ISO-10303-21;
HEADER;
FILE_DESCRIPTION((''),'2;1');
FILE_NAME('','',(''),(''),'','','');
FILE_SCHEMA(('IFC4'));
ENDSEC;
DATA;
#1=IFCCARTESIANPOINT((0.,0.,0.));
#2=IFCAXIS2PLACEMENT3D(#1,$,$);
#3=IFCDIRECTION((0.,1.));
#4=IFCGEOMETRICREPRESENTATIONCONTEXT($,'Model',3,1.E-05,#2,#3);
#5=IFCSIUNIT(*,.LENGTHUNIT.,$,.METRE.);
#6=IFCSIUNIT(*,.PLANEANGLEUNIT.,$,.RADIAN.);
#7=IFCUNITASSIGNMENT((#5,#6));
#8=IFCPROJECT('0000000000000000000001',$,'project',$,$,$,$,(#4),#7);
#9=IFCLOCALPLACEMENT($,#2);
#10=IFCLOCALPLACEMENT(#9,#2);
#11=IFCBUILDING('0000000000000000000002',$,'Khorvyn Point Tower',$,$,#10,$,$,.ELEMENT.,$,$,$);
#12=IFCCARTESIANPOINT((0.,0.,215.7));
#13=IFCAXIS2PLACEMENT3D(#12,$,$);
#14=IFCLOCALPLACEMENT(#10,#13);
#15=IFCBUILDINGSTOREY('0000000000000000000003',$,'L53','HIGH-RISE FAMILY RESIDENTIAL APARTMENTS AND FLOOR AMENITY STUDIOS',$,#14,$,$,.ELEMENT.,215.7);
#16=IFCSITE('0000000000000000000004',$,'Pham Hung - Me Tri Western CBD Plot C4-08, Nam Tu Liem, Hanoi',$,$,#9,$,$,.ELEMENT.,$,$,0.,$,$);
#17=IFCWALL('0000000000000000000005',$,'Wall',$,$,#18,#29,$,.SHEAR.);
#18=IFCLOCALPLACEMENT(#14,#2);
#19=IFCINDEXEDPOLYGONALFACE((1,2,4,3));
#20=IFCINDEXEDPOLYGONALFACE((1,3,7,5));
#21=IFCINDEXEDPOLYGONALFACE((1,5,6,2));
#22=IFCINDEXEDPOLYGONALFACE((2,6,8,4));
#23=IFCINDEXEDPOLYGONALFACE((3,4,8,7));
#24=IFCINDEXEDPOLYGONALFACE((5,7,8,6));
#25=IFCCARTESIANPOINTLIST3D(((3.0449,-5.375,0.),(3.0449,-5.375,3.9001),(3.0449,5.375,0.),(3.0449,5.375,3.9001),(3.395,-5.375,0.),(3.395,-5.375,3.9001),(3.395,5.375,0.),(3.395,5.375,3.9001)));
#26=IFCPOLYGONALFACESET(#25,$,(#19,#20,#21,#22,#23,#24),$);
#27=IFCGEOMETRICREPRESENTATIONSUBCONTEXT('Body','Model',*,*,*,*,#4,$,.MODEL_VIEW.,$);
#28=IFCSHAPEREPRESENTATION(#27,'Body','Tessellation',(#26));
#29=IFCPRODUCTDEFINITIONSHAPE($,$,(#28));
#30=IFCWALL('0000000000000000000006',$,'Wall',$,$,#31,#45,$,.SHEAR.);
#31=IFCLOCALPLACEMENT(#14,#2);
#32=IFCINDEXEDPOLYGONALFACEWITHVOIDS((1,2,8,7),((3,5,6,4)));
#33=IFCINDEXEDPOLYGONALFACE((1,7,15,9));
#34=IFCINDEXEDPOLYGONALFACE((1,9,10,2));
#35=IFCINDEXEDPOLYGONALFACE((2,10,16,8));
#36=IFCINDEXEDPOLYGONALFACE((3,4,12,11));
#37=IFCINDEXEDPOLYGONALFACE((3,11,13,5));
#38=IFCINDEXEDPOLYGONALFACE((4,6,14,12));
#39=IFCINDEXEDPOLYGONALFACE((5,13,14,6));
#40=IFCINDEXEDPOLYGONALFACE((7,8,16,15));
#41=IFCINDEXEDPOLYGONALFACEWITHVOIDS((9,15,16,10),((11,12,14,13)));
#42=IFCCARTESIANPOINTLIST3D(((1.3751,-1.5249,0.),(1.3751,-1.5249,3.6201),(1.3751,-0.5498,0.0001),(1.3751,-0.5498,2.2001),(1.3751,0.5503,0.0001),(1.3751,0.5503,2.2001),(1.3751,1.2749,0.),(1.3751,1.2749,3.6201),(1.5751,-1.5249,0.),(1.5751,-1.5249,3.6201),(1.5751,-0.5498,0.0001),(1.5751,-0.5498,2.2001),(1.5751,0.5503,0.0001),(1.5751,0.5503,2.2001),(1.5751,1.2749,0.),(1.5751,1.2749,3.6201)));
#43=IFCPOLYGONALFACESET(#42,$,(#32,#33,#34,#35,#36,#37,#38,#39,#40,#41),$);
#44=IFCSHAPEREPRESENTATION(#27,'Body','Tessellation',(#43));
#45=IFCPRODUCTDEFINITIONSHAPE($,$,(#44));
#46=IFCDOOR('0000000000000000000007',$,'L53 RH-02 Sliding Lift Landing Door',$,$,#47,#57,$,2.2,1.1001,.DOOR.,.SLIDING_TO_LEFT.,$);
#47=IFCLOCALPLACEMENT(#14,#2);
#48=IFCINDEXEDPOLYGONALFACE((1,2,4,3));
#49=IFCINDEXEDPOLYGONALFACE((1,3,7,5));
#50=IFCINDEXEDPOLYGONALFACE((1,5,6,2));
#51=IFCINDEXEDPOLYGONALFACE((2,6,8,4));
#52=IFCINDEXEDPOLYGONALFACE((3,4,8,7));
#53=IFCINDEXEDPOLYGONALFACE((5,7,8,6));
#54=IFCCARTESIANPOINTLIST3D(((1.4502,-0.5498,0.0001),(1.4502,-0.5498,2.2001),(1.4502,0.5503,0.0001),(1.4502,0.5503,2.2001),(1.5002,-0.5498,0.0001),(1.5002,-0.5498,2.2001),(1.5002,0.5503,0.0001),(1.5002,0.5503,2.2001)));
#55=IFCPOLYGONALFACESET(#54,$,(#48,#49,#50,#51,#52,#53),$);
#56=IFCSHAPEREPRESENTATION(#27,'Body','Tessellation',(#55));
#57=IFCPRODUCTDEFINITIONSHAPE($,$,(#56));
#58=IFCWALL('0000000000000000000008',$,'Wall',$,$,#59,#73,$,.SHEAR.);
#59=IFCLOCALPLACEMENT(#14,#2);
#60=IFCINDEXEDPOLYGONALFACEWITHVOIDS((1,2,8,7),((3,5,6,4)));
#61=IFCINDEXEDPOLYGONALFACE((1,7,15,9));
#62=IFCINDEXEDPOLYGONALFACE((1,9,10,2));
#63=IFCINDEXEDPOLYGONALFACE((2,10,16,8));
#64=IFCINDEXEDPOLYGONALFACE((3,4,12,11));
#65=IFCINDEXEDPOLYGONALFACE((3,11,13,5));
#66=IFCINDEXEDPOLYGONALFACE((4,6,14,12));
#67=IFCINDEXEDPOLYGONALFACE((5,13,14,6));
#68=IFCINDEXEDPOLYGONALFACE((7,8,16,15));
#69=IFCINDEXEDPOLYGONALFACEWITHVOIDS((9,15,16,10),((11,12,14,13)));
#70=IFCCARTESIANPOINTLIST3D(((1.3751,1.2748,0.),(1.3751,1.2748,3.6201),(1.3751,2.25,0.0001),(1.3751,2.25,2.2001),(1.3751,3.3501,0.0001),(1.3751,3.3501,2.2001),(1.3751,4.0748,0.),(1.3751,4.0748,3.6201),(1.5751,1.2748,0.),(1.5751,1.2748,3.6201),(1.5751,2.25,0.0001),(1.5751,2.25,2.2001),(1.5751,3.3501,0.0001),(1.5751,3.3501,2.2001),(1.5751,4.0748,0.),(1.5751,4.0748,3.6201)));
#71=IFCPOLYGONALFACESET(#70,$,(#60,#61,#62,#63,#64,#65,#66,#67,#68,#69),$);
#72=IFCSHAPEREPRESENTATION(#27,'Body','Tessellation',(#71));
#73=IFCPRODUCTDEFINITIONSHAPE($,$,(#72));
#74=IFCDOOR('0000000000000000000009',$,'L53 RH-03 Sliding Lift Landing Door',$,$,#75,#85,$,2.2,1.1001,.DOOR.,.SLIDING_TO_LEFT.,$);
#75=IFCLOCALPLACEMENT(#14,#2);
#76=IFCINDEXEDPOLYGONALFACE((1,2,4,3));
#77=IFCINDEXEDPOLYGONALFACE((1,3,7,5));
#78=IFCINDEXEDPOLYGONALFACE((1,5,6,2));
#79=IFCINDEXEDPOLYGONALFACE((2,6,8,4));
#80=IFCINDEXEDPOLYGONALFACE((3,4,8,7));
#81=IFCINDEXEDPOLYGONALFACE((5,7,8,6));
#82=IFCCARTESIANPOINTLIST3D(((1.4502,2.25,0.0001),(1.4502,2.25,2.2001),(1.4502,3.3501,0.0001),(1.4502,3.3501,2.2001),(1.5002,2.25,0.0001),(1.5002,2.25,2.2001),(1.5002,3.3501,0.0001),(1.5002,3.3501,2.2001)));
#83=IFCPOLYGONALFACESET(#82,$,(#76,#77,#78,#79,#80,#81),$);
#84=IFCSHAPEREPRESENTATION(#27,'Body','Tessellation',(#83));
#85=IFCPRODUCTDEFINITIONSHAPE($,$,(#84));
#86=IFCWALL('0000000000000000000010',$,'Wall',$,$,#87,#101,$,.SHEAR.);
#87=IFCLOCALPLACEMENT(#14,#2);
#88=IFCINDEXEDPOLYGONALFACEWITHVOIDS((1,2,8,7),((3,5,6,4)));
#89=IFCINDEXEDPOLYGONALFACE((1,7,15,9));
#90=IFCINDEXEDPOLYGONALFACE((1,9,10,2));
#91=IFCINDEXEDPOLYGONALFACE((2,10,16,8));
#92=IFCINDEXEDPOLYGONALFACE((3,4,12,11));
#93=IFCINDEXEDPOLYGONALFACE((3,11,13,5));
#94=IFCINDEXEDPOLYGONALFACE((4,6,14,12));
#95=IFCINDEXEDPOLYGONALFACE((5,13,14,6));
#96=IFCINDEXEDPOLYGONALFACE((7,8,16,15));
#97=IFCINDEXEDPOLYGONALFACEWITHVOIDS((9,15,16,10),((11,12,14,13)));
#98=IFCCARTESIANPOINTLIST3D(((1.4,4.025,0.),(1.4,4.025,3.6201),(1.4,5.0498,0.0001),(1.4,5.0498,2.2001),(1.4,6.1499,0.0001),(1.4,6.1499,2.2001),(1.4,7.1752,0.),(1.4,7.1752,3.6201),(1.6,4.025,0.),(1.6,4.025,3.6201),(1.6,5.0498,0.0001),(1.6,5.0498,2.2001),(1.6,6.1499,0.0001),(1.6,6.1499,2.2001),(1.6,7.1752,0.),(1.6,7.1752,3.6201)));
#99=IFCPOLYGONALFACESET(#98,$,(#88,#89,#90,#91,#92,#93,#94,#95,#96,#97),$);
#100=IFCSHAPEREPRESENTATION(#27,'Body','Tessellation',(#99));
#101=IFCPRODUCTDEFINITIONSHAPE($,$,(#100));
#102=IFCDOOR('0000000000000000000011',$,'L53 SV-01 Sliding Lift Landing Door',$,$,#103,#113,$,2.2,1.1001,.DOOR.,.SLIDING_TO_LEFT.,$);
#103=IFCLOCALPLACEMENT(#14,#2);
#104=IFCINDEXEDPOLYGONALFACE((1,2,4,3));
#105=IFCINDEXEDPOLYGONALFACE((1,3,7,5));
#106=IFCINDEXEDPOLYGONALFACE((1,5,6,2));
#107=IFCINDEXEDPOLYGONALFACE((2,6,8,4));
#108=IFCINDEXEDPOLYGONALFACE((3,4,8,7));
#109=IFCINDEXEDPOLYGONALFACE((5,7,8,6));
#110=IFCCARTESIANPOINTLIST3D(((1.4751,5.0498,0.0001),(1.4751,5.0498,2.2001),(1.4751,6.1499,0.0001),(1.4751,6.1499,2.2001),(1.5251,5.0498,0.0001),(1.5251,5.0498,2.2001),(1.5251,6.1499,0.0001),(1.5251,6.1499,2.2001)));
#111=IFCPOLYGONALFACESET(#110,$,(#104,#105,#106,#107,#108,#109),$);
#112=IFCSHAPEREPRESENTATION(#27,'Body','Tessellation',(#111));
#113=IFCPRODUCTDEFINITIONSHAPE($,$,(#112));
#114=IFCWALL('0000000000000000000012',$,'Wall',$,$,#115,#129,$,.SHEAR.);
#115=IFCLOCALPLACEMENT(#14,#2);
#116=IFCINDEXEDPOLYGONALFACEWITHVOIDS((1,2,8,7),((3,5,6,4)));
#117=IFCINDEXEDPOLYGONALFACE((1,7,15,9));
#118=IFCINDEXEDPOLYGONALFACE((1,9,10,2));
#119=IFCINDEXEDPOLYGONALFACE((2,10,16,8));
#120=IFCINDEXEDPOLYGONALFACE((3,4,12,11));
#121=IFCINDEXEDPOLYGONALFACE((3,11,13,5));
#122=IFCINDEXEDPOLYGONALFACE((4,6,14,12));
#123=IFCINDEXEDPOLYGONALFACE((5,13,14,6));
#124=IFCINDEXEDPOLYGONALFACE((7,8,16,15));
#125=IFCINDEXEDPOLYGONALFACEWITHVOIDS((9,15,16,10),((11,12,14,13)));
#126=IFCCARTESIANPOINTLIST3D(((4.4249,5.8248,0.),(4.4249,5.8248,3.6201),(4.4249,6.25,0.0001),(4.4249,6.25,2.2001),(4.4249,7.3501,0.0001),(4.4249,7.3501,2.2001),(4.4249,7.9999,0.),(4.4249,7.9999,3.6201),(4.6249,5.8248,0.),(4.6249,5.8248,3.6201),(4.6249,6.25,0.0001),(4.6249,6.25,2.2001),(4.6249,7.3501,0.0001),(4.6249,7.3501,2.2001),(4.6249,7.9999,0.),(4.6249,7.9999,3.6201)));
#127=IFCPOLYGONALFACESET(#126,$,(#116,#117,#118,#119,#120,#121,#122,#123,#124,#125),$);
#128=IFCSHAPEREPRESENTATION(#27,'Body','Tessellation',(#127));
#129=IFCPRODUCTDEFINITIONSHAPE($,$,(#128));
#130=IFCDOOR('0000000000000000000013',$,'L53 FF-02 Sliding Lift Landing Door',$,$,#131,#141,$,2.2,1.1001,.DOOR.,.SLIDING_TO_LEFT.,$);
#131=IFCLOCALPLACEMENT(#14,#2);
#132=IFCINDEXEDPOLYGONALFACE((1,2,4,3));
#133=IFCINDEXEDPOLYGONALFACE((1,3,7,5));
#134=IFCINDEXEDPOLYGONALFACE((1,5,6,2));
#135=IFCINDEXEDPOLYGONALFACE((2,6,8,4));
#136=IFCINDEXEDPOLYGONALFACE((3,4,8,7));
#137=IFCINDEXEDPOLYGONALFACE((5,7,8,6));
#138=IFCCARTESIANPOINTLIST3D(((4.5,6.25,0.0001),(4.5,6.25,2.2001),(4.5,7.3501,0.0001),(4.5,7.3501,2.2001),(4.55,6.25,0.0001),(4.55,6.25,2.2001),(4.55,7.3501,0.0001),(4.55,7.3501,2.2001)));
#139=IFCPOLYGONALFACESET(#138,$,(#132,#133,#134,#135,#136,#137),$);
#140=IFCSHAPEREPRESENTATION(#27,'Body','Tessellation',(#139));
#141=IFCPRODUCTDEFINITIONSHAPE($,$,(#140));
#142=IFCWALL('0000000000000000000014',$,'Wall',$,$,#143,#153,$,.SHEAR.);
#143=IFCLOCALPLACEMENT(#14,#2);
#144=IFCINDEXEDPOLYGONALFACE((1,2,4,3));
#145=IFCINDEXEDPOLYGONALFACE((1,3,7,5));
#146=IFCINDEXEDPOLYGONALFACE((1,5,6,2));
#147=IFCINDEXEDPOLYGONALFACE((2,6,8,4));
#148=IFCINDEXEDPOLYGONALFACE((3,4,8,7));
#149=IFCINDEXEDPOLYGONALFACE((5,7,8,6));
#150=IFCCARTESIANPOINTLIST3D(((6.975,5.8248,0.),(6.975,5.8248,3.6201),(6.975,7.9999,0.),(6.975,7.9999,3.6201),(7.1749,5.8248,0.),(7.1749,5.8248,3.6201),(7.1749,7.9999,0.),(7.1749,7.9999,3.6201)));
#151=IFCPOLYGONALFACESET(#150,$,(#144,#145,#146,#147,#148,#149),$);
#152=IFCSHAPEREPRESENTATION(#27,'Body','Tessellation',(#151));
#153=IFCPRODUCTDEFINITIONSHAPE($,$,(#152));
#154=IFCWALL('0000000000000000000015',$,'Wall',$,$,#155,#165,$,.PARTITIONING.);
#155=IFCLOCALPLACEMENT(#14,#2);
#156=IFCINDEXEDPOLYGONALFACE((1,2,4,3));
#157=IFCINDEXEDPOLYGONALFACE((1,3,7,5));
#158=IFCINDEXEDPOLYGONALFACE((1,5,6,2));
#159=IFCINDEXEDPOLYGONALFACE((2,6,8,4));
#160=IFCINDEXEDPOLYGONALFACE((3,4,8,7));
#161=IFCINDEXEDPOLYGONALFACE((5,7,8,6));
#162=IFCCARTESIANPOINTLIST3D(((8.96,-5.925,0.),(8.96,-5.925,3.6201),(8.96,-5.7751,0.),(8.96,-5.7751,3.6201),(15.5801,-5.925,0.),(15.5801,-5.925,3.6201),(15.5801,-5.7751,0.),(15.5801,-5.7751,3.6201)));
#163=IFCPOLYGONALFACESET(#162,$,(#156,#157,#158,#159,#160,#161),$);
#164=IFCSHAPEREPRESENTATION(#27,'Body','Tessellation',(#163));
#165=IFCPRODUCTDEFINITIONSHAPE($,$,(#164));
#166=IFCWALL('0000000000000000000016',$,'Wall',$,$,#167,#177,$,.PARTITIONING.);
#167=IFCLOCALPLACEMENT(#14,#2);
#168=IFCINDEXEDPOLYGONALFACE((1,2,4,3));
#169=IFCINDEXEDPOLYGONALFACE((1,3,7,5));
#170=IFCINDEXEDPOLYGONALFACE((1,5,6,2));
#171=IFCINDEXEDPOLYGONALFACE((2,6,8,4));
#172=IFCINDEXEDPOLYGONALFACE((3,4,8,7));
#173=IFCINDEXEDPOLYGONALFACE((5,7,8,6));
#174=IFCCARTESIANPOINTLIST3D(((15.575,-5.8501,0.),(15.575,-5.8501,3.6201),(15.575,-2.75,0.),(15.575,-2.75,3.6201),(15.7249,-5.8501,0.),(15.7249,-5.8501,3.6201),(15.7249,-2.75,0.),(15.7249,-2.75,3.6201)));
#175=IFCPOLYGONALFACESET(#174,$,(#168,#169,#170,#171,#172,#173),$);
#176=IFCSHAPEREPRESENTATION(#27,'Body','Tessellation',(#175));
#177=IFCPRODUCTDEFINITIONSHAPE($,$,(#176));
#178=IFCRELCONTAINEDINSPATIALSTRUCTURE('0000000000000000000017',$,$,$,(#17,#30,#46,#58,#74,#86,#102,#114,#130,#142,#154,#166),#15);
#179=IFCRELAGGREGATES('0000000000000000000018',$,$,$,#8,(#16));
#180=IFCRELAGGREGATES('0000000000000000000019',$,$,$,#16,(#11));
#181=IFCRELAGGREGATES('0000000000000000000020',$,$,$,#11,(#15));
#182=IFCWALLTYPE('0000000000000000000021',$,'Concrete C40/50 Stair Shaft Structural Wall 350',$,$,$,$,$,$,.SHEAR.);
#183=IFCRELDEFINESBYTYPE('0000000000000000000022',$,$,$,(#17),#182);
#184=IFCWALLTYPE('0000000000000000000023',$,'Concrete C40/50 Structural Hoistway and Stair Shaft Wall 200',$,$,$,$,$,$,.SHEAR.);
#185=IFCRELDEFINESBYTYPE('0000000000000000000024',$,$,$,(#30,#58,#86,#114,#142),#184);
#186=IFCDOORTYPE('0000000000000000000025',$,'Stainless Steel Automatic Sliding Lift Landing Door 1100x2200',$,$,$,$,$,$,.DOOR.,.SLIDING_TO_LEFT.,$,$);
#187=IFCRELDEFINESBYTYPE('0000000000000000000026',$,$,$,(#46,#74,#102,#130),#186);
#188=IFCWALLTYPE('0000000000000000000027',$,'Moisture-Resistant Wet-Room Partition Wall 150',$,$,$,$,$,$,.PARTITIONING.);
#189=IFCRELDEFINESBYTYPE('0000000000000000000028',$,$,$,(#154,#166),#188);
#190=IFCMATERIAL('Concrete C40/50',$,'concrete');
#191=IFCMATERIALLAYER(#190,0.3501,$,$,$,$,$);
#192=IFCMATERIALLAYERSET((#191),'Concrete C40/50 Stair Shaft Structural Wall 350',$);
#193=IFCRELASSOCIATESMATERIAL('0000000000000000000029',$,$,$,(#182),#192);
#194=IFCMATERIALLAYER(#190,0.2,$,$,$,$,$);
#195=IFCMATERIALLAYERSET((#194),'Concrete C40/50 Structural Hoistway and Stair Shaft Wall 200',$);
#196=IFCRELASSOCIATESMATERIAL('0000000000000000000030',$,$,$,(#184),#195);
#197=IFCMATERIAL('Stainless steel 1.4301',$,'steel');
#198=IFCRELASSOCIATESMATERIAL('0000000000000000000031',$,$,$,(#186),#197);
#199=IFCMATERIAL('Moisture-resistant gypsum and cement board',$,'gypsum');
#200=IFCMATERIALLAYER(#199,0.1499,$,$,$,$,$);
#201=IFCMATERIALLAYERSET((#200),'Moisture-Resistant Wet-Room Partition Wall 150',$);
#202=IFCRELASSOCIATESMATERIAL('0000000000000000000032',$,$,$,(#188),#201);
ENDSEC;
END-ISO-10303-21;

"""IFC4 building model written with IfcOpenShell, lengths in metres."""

from ifc_helpers import new_model, si_unit, direction, frame, frame_2d, origin, place, context, subcontext, project, spatial, rectangle, extrude, material, layer, layer_set, type_object, element, fill, save


model = new_model("IFC4")

# Units and contexts
model_context = context("Model", 3, precision=1e-05, world=origin(), true_north=direction((0.0, 1.0)))
body_context = subcontext(model_context, "Body", "Model", "MODEL_VIEW")
ifc_project = project(units=[si_unit("LENGTHUNIT", "METRE"), si_unit("PLANEANGLEUNIT", "RADIAN")], contexts=[model_context])

# Site, building, storey
site_placement = place(None, origin())
site = spatial("IfcSite", under=ifc_project, at=site_placement, Name="Pham Hung - Me Tri Western CBD Plot C4-08, Nam Tu Liem, Hanoi", CompositionType="ELEMENT", RefElevation=0.0)
building_placement = place(site_placement, origin())
building = spatial("IfcBuilding", under=site, at=building_placement, Name="Khorvyn Point Tower", CompositionType="ELEMENT")
storey_placement = place(building_placement, frame((0.0, 0.0, 215.7)))
storey = spatial("IfcBuildingStorey", under=building, at=storey_placement, Name="L53", Description="HIGH-RISE FAMILY RESIDENTIAL APARTMENTS AND FLOOR AMENITY STUDIOS", CompositionType="ELEMENT", Elevation=215.7)

# Shared definitions
ifc_material_1 = material(Name="Concrete C40/50", Category="concrete")

# Wall
ifc_layer_1 = layer(ifc_material_1, 0.3501)
ifc_layer_set_1 = layer_set([ifc_layer_1], Name="Concrete C40/50 Stair Shaft Structural Wall 350")
wall_type_1 = type_object("IfcWallType", Name="Concrete C40/50 Stair Shaft Structural Wall 350", PredefinedType="SHEAR", material=ifc_layer_set_1)
wall_1_placement = place(storey_placement, frame((3.22, -5.375, 0.0), z_axis=(0.0, 0.0, 1.0), x_axis=(0.0, 1.0, 0.0)))
element("IfcWall", 1, at=wall_1_placement, inside=storey, type_object=wall_type_1, Name="Wall", PredefinedType="SHEAR", context=body_context, shape_type="SweptSolid", body=[
    extrude(rectangle(XDim=10.75, YDim=0.3501, at=frame_2d((5.375, 0.0))), origin(), (0.0, 0.0, 1.0), 3.9001),
])

# Walls, openings, doors
ifc_layer_2 = layer(ifc_material_1, 0.2)
ifc_layer_set_2 = layer_set([ifc_layer_2], Name="Concrete C40/50 Structural Hoistway and Stair Shaft Wall 200")
wall_type_2 = type_object("IfcWallType", Name="Concrete C40/50 Structural Hoistway and Stair Shaft Wall 200", PredefinedType="SHEAR", material=ifc_layer_set_2)
wall_2_placement = place(storey_placement, frame((1.4751, -1.5249, 0.0), z_axis=(0.0, 0.0, 1.0), x_axis=(0.0, 1.0, 0.0)))
wall_2 = element("IfcWall", 2, at=wall_2_placement, inside=storey, type_object=wall_type_2, Name="Wall", PredefinedType="SHEAR", context=body_context, shape_type="SweptSolid", body=[
    extrude(rectangle(XDim=2.7998, YDim=0.2, at=frame_2d((1.3999, 0.0))), origin(), (0.0, 0.0, 1.0), 3.6201),
])
opening_1_placement = place(wall_2_placement, frame((0.9751, 0.0, 0.0)))
opening_1 = element("IfcOpeningElement", 3, at=opening_1_placement, cuts=wall_2, PredefinedType="OPENING", context=body_context, shape_type="SweptSolid", body=[
    extrude(rectangle(XDim=1.1001, YDim=2.2, at=frame_2d((0.55, 1.1001))), frame((0.0, 0.1099, 0.0), z_axis=(0.0, -1.0, 0.0), x_axis=(1.0, 0.0, 0.0)), (0.0, 0.0, 1.0), 0.22),
])
ifc_material_2 = material(Name="Stainless steel 1.4301", Category="steel")
door_type = type_object("IfcDoorType", Name="Stainless Steel Automatic Sliding Lift Landing Door 1100x2200", OperationType="SLIDING_TO_LEFT", PredefinedType="DOOR", material=ifc_material_2)
door_1_placement = place(opening_1_placement, origin())
door_1 = element("IfcDoor", 4, at=door_1_placement, inside=storey, type_object=door_type, Name="L53 RH-02 Sliding Lift Landing Door", OperationType="SLIDING_TO_LEFT", OverallHeight=2.2, OverallWidth=1.1001, PredefinedType="DOOR", context=body_context, shape_type="SweptSolid", body=[
    extrude(rectangle(XDim=1.1001, YDim=2.2, at=frame_2d((0.55, 1.1001))), frame((0.0, 0.0249, 0.0), z_axis=(0.0, -1.0, 0.0), x_axis=(1.0, 0.0, 0.0)), (0.0, 0.0, 1.0), 0.05),
])
fill(opening_1, door_1)
wall_3_placement = place(storey_placement, frame((1.4751, 1.2749, 0.0), z_axis=(0.0, 0.0, 1.0), x_axis=(0.0, 1.0, 0.0)))
wall_3 = element("IfcWall", 5, at=wall_3_placement, inside=storey, type_object=wall_type_2, Name="Wall", PredefinedType="SHEAR", context=body_context, shape_type="SweptSolid", body=[
    extrude(rectangle(XDim=2.8, YDim=0.2, at=frame_2d((1.3999, 0.0))), origin(), (0.0, 0.0, 1.0), 3.6201),
])
opening_2_placement = place(wall_3_placement, frame((0.9751, 0.0, 0.0)))
opening_2 = element("IfcOpeningElement", 6, at=opening_2_placement, cuts=wall_3, PredefinedType="OPENING", context=body_context, shape_type="SweptSolid", body=[
    extrude(rectangle(XDim=1.1001, YDim=2.2, at=frame_2d((0.55, 1.1001))), frame((0.0, 0.1099, 0.0), z_axis=(0.0, -1.0, 0.0), x_axis=(1.0, 0.0, 0.0)), (0.0, 0.0, 1.0), 0.22),
])
door_2_placement = place(opening_2_placement, origin())
door_2 = element("IfcDoor", 7, at=door_2_placement, inside=storey, type_object=door_type, Name="L53 RH-03 Sliding Lift Landing Door", OperationType="SLIDING_TO_LEFT", OverallHeight=2.2, OverallWidth=1.1001, PredefinedType="DOOR", context=body_context, shape_type="SweptSolid", body=[
    extrude(rectangle(XDim=1.1001, YDim=2.2, at=frame_2d((0.55, 1.1001))), frame((0.0, 0.0249, 0.0), z_axis=(0.0, -1.0, 0.0), x_axis=(1.0, 0.0, 0.0)), (0.0, 0.0, 1.0), 0.05),
])
fill(opening_2, door_2)
wall_4_placement = place(storey_placement, frame((1.5, 4.0249, 0.0), z_axis=(0.0, 0.0, 1.0), x_axis=(0.0, 1.0, 0.0)))
wall_4 = element("IfcWall", 8, at=wall_4_placement, inside=storey, type_object=wall_type_2, Name="Wall", PredefinedType="SHEAR", context=body_context, shape_type="SweptSolid", body=[
    extrude(rectangle(XDim=3.1501, YDim=0.2, at=frame_2d((1.5752, 0.0))), origin(), (0.0, 0.0, 1.0), 3.6201),
])
opening_3_placement = place(wall_4_placement, frame((1.0249, 0.0, 0.0)))
opening_3 = element("IfcOpeningElement", 9, at=opening_3_placement, cuts=wall_4, PredefinedType="OPENING", context=body_context, shape_type="SweptSolid", body=[
    extrude(rectangle(XDim=1.1001, YDim=2.2, at=frame_2d((0.55, 1.1001))), frame((0.0, 0.1099, 0.0), z_axis=(0.0, -1.0, 0.0), x_axis=(1.0, 0.0, 0.0)), (0.0, 0.0, 1.0), 0.22),
])
door_3_placement = place(opening_3_placement, origin())
door_3 = element("IfcDoor", 10, at=door_3_placement, inside=storey, type_object=door_type, Name="L53 SV-01 Sliding Lift Landing Door", OperationType="SLIDING_TO_LEFT", OverallHeight=2.2, OverallWidth=1.1001, PredefinedType="DOOR", context=body_context, shape_type="SweptSolid", body=[
    extrude(rectangle(XDim=1.1001, YDim=2.2, at=frame_2d((0.55, 1.1001))), frame((0.0, 0.0249, 0.0), z_axis=(0.0, -1.0, 0.0), x_axis=(1.0, 0.0, 0.0)), (0.0, 0.0, 1.0), 0.05),
])
fill(opening_3, door_3)
wall_5_placement = place(storey_placement, frame((4.5249, 5.825, 0.0), z_axis=(0.0, 0.0, 1.0), x_axis=(0.0, 1.0, 0.0)))
wall_5 = element("IfcWall", 11, at=wall_5_placement, inside=storey, type_object=wall_type_2, Name="Wall", PredefinedType="SHEAR", context=body_context, shape_type="SweptSolid", body=[
    extrude(rectangle(XDim=2.175, YDim=0.2, at=frame_2d((1.0874, 0.0))), origin(), (0.0, 0.0, 1.0), 3.6201),
])
opening_4_placement = place(wall_5_placement, frame((0.425, 0.0, 0.0)))
opening_4 = element("IfcOpeningElement", 12, at=opening_4_placement, cuts=wall_5, PredefinedType="OPENING", context=body_context, shape_type="SweptSolid", body=[
    extrude(rectangle(XDim=1.1001, YDim=2.2, at=frame_2d((0.55, 1.1001))), frame((0.0, 0.1099, 0.0), z_axis=(0.0, -1.0, 0.0), x_axis=(1.0, 0.0, 0.0)), (0.0, 0.0, 1.0), 0.22),
])
door_4_placement = place(opening_4_placement, origin())
door_4 = element("IfcDoor", 13, at=door_4_placement, inside=storey, type_object=door_type, Name="L53 FF-02 Sliding Lift Landing Door", OperationType="SLIDING_TO_LEFT", OverallHeight=2.2, OverallWidth=1.1001, PredefinedType="DOOR", context=body_context, shape_type="SweptSolid", body=[
    extrude(rectangle(XDim=1.1001, YDim=2.2, at=frame_2d((0.55, 1.1001))), frame((0.0, 0.0249, 0.0), z_axis=(0.0, -1.0, 0.0), x_axis=(1.0, 0.0, 0.0)), (0.0, 0.0, 1.0), 0.05),
])
fill(opening_4, door_4)

# Walls
wall_6_placement = place(storey_placement, frame((7.075, 5.825, 0.0), z_axis=(0.0, 0.0, 1.0), x_axis=(0.0, 1.0, 0.0)))
element("IfcWall", 14, at=wall_6_placement, inside=storey, type_object=wall_type_2, Name="Wall", PredefinedType="SHEAR", context=body_context, shape_type="SweptSolid", body=[
    extrude(rectangle(XDim=2.175, YDim=0.2, at=frame_2d((1.0874, 0.0))), origin(), (0.0, 0.0, 1.0), 3.6201),
])
ifc_material_3 = material(Name="Moisture-resistant gypsum and cement board", Category="gypsum")
ifc_layer_3 = layer(ifc_material_3, 0.1499)
ifc_layer_set_3 = layer_set([ifc_layer_3], Name="Moisture-Resistant Wet-Room Partition Wall 150")
wall_type_3 = type_object("IfcWallType", Name="Moisture-Resistant Wet-Room Partition Wall 150", PredefinedType="PARTITIONING", material=ifc_layer_set_3)
wall_7_placement = place(storey_placement, frame((8.96, -5.8501, 0.0), z_axis=(0.0, 0.0, 1.0), x_axis=(1.0, 0.0, 0.0)))
element("IfcWall", 15, at=wall_7_placement, inside=storey, type_object=wall_type_3, Name="Wall", PredefinedType="PARTITIONING", context=body_context, shape_type="SweptSolid", body=[
    extrude(rectangle(XDim=6.6201, YDim=0.1499, at=frame_2d((3.3101, 0.0))), origin(), (0.0, 0.0, 1.0), 3.6201),
])
wall_8_placement = place(storey_placement, frame((15.6499, -5.8501, 0.0), z_axis=(0.0, 0.0, 1.0), x_axis=(0.0, 1.0, 0.0)))
element("IfcWall", 16, at=wall_8_placement, inside=storey, type_object=wall_type_3, Name="Wall", PredefinedType="PARTITIONING", context=body_context, shape_type="SweptSolid", body=[
    extrude(rectangle(XDim=3.1001, YDim=0.1499, at=frame_2d((1.55, 0.0))), origin(), (0.0, 0.0, 1.0), 3.6201),
])

save(model, "model.ifc")
